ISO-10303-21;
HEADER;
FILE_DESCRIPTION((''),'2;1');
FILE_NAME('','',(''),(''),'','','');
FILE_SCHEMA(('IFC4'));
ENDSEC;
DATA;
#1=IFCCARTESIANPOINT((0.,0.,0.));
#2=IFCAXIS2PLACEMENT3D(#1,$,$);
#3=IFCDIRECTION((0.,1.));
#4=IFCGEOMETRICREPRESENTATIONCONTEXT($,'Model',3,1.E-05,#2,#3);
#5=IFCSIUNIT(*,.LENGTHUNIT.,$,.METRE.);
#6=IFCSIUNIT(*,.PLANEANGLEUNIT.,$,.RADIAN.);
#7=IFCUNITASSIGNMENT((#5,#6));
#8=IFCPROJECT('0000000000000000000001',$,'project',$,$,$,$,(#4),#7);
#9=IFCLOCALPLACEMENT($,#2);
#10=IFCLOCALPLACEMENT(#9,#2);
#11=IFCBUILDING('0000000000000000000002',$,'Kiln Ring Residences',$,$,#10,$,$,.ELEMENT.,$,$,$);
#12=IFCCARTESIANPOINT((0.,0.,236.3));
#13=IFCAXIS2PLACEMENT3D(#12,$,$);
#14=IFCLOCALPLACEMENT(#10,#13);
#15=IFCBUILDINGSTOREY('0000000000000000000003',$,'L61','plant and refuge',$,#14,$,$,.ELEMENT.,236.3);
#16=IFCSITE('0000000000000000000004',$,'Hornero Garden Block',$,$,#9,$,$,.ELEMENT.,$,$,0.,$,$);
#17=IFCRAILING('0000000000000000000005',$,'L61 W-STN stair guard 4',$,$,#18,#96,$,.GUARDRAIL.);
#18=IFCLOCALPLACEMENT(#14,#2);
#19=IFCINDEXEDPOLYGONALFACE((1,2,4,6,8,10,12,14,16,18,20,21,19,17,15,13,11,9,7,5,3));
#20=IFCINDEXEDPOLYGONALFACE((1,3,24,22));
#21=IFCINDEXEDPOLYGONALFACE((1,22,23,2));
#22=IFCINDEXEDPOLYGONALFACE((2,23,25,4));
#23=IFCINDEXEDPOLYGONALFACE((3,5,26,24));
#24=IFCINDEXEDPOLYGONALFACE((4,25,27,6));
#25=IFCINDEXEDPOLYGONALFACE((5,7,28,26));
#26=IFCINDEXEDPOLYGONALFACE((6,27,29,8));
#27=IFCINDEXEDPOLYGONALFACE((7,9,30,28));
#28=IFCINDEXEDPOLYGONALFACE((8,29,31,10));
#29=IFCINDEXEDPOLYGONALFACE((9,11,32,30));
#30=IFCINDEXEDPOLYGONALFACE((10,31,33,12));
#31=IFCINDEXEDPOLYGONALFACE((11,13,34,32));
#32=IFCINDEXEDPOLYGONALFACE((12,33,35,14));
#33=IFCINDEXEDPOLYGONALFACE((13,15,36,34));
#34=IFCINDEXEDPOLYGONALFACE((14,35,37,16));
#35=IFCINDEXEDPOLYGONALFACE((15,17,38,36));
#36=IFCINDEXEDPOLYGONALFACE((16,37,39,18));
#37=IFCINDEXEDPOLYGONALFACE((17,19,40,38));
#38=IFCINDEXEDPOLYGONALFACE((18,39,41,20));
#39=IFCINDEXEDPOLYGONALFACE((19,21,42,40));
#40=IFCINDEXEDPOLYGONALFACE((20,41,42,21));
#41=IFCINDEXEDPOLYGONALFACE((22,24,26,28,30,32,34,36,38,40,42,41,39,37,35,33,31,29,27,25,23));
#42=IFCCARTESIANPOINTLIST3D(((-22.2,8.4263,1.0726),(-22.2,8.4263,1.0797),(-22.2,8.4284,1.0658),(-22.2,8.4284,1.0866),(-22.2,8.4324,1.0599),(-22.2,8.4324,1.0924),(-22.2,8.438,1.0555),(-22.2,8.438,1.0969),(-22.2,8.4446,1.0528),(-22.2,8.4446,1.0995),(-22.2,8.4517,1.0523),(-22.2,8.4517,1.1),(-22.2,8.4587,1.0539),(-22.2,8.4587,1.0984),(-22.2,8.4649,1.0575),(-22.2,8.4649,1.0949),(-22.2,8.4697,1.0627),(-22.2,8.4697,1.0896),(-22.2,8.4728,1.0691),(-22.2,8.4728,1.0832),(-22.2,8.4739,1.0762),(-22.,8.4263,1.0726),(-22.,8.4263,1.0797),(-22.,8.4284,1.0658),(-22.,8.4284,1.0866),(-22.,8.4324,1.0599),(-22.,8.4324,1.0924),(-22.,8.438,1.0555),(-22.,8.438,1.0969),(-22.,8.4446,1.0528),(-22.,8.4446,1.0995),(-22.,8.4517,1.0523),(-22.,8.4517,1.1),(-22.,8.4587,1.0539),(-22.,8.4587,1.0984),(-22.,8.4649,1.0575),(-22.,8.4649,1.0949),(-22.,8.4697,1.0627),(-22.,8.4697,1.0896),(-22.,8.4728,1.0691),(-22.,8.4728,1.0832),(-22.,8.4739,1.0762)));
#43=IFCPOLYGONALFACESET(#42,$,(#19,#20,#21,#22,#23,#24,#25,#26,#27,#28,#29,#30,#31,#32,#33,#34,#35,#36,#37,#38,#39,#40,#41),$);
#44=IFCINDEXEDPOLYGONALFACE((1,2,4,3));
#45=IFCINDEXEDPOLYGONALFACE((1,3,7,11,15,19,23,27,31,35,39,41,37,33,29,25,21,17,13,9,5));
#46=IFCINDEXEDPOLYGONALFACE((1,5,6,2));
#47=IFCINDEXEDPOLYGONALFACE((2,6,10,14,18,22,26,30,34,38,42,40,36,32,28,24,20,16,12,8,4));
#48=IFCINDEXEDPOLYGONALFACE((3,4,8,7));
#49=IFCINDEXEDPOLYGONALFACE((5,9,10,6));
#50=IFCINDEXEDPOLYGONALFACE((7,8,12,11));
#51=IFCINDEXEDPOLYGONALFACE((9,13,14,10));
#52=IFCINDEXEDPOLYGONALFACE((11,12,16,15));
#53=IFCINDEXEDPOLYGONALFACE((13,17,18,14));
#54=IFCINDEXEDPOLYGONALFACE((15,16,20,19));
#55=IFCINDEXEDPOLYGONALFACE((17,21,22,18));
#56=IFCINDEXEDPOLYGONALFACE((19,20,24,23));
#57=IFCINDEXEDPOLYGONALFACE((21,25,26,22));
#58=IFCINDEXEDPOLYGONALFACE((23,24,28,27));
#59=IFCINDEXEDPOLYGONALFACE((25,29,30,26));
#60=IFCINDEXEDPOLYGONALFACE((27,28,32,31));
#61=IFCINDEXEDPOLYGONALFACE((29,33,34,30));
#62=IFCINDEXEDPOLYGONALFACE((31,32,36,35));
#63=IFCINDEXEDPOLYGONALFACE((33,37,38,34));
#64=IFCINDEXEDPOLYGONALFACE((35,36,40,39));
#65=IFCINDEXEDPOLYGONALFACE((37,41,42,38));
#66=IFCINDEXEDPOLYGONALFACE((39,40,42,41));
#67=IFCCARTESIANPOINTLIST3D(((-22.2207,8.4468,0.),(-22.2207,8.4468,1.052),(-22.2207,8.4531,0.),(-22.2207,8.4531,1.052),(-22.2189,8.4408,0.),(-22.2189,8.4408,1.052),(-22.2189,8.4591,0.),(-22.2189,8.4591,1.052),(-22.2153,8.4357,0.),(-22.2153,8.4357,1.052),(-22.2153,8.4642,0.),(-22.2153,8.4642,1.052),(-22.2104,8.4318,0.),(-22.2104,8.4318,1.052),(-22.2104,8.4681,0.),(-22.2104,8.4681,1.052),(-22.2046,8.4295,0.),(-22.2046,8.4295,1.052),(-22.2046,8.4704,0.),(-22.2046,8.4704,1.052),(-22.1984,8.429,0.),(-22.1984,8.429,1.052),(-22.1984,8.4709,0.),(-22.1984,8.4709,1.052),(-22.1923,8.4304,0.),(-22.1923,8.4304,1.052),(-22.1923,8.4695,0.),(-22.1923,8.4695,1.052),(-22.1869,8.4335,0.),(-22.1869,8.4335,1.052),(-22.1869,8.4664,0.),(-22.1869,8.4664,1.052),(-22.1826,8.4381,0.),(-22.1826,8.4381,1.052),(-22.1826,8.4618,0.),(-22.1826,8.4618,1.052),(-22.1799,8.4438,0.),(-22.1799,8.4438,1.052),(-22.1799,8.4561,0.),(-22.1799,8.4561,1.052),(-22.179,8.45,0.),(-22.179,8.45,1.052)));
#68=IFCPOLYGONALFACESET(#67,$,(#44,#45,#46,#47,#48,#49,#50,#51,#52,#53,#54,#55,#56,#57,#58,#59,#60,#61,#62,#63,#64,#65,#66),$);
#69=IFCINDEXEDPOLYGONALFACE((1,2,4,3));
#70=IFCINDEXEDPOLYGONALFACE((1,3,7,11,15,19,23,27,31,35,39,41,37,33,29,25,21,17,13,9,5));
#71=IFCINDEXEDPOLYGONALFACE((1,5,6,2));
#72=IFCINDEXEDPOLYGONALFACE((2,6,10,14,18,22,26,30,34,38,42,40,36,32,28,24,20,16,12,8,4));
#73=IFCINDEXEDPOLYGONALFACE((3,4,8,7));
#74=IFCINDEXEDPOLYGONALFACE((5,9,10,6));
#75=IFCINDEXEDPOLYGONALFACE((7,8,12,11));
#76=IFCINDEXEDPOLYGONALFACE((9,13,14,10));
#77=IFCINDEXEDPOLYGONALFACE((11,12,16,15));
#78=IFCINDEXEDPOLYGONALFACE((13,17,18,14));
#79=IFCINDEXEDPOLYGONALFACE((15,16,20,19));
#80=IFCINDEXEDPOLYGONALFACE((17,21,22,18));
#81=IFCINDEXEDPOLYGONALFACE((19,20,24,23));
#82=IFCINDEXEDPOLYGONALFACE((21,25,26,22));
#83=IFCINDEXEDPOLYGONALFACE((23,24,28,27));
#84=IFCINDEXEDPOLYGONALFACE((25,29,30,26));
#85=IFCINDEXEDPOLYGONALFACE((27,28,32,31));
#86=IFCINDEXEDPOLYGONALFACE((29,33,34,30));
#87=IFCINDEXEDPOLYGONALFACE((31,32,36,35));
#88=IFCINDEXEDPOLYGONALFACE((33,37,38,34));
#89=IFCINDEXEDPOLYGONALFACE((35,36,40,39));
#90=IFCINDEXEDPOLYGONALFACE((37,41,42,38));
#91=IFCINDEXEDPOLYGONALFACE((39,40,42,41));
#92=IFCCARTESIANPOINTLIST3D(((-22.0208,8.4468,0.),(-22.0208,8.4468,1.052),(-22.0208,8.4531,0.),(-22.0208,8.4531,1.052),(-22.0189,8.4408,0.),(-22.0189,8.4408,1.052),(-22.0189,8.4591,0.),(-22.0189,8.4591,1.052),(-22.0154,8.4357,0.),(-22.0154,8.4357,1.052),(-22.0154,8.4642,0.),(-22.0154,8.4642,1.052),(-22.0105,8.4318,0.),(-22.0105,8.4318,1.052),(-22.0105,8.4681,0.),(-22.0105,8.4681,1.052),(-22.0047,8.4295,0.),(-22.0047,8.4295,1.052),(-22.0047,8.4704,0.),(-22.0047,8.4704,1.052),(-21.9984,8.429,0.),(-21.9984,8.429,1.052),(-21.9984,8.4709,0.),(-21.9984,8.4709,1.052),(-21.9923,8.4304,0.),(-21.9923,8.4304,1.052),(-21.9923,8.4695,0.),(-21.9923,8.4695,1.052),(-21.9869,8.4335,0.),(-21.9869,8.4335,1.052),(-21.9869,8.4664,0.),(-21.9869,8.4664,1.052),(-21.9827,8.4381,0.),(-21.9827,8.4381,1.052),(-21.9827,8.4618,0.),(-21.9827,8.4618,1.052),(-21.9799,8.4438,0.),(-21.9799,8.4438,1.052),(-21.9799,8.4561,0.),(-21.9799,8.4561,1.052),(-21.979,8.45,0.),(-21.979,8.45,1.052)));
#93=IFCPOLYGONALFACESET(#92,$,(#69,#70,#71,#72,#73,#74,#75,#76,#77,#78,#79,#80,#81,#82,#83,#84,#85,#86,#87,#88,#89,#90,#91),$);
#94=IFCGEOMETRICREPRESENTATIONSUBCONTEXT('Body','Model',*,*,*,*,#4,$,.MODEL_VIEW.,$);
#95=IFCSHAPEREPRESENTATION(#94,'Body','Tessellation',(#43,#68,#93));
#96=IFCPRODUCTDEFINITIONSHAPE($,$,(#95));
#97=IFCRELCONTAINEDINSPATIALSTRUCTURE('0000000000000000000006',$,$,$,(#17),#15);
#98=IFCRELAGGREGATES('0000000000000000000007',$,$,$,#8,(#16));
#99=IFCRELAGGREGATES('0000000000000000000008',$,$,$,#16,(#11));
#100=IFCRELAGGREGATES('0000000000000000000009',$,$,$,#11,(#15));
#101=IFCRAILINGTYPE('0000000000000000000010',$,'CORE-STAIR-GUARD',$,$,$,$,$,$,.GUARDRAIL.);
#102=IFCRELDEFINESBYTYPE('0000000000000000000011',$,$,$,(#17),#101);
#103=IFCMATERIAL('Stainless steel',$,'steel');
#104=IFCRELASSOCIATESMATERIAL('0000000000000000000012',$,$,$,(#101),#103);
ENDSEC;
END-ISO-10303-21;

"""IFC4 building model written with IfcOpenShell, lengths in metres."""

from ifc_helpers import new_model, si_unit, direction, frame, origin, origin_2d, place, context, subcontext, project, spatial, circle, extrude, material, type_object, element, save


model = new_model("IFC4")

# Units and contexts
model_context = context("Model", 3, precision=1e-05, world=origin(), true_north=direction((0.0, 1.0)))
body_context = subcontext(model_context, "Body", "Model", "MODEL_VIEW")
ifc_project = project(units=[si_unit("LENGTHUNIT", "METRE"), si_unit("PLANEANGLEUNIT", "RADIAN")], contexts=[model_context])

# Site, building, storey
site_placement = place(None, origin())
site = spatial("IfcSite", under=ifc_project, at=site_placement, Name="Hornero Garden Block", CompositionType="ELEMENT", RefElevation=0.0)
building_placement = place(site_placement, origin())
building = spatial("IfcBuilding", under=site, at=building_placement, Name="Kiln Ring Residences", CompositionType="ELEMENT")
storey_placement = place(building_placement, frame((0.0, 0.0, 236.3)))
storey = spatial("IfcBuildingStorey", under=building, at=storey_placement, Name="L61", Description="plant and refuge", CompositionType="ELEMENT", Elevation=236.3)

# Railing
ifc_material_1 = material(Name="Stainless steel", Category="steel")
railing_type_1 = type_object("IfcRailingType", Name="CORE-STAIR-GUARD", PredefinedType="GUARDRAIL", material=ifc_material_1)
railing_1_placement = place(storey_placement, frame((-22.2, 8.45, 0.0)))
element("IfcRailing", 1, at=railing_1_placement, inside=storey, type_object=railing_type_1, Name="L61 W-STN stair guard 4", PredefinedType="GUARDRAIL", context=body_context, shape_type="SweptSolid", body=[
    extrude(circle(Radius=0.0239, at=origin_2d()), frame((0.0, 0.0, 1.0762), z_axis=(1.0, 0.0, 0.0), x_axis=(0.0, 1.0, 0.0)), (0.0, 0.0, 1.0), 0.2),
    extrude(circle(Radius=0.021, at=origin_2d()), origin(), (0.0, 0.0, 1.0), 1.052),
    extrude(circle(Radius=0.021, at=origin_2d()), frame((0.2, 0.0, 0.0)), (0.0, 0.0, 1.0), 1.052),
])

save(model, "model.ifc")
